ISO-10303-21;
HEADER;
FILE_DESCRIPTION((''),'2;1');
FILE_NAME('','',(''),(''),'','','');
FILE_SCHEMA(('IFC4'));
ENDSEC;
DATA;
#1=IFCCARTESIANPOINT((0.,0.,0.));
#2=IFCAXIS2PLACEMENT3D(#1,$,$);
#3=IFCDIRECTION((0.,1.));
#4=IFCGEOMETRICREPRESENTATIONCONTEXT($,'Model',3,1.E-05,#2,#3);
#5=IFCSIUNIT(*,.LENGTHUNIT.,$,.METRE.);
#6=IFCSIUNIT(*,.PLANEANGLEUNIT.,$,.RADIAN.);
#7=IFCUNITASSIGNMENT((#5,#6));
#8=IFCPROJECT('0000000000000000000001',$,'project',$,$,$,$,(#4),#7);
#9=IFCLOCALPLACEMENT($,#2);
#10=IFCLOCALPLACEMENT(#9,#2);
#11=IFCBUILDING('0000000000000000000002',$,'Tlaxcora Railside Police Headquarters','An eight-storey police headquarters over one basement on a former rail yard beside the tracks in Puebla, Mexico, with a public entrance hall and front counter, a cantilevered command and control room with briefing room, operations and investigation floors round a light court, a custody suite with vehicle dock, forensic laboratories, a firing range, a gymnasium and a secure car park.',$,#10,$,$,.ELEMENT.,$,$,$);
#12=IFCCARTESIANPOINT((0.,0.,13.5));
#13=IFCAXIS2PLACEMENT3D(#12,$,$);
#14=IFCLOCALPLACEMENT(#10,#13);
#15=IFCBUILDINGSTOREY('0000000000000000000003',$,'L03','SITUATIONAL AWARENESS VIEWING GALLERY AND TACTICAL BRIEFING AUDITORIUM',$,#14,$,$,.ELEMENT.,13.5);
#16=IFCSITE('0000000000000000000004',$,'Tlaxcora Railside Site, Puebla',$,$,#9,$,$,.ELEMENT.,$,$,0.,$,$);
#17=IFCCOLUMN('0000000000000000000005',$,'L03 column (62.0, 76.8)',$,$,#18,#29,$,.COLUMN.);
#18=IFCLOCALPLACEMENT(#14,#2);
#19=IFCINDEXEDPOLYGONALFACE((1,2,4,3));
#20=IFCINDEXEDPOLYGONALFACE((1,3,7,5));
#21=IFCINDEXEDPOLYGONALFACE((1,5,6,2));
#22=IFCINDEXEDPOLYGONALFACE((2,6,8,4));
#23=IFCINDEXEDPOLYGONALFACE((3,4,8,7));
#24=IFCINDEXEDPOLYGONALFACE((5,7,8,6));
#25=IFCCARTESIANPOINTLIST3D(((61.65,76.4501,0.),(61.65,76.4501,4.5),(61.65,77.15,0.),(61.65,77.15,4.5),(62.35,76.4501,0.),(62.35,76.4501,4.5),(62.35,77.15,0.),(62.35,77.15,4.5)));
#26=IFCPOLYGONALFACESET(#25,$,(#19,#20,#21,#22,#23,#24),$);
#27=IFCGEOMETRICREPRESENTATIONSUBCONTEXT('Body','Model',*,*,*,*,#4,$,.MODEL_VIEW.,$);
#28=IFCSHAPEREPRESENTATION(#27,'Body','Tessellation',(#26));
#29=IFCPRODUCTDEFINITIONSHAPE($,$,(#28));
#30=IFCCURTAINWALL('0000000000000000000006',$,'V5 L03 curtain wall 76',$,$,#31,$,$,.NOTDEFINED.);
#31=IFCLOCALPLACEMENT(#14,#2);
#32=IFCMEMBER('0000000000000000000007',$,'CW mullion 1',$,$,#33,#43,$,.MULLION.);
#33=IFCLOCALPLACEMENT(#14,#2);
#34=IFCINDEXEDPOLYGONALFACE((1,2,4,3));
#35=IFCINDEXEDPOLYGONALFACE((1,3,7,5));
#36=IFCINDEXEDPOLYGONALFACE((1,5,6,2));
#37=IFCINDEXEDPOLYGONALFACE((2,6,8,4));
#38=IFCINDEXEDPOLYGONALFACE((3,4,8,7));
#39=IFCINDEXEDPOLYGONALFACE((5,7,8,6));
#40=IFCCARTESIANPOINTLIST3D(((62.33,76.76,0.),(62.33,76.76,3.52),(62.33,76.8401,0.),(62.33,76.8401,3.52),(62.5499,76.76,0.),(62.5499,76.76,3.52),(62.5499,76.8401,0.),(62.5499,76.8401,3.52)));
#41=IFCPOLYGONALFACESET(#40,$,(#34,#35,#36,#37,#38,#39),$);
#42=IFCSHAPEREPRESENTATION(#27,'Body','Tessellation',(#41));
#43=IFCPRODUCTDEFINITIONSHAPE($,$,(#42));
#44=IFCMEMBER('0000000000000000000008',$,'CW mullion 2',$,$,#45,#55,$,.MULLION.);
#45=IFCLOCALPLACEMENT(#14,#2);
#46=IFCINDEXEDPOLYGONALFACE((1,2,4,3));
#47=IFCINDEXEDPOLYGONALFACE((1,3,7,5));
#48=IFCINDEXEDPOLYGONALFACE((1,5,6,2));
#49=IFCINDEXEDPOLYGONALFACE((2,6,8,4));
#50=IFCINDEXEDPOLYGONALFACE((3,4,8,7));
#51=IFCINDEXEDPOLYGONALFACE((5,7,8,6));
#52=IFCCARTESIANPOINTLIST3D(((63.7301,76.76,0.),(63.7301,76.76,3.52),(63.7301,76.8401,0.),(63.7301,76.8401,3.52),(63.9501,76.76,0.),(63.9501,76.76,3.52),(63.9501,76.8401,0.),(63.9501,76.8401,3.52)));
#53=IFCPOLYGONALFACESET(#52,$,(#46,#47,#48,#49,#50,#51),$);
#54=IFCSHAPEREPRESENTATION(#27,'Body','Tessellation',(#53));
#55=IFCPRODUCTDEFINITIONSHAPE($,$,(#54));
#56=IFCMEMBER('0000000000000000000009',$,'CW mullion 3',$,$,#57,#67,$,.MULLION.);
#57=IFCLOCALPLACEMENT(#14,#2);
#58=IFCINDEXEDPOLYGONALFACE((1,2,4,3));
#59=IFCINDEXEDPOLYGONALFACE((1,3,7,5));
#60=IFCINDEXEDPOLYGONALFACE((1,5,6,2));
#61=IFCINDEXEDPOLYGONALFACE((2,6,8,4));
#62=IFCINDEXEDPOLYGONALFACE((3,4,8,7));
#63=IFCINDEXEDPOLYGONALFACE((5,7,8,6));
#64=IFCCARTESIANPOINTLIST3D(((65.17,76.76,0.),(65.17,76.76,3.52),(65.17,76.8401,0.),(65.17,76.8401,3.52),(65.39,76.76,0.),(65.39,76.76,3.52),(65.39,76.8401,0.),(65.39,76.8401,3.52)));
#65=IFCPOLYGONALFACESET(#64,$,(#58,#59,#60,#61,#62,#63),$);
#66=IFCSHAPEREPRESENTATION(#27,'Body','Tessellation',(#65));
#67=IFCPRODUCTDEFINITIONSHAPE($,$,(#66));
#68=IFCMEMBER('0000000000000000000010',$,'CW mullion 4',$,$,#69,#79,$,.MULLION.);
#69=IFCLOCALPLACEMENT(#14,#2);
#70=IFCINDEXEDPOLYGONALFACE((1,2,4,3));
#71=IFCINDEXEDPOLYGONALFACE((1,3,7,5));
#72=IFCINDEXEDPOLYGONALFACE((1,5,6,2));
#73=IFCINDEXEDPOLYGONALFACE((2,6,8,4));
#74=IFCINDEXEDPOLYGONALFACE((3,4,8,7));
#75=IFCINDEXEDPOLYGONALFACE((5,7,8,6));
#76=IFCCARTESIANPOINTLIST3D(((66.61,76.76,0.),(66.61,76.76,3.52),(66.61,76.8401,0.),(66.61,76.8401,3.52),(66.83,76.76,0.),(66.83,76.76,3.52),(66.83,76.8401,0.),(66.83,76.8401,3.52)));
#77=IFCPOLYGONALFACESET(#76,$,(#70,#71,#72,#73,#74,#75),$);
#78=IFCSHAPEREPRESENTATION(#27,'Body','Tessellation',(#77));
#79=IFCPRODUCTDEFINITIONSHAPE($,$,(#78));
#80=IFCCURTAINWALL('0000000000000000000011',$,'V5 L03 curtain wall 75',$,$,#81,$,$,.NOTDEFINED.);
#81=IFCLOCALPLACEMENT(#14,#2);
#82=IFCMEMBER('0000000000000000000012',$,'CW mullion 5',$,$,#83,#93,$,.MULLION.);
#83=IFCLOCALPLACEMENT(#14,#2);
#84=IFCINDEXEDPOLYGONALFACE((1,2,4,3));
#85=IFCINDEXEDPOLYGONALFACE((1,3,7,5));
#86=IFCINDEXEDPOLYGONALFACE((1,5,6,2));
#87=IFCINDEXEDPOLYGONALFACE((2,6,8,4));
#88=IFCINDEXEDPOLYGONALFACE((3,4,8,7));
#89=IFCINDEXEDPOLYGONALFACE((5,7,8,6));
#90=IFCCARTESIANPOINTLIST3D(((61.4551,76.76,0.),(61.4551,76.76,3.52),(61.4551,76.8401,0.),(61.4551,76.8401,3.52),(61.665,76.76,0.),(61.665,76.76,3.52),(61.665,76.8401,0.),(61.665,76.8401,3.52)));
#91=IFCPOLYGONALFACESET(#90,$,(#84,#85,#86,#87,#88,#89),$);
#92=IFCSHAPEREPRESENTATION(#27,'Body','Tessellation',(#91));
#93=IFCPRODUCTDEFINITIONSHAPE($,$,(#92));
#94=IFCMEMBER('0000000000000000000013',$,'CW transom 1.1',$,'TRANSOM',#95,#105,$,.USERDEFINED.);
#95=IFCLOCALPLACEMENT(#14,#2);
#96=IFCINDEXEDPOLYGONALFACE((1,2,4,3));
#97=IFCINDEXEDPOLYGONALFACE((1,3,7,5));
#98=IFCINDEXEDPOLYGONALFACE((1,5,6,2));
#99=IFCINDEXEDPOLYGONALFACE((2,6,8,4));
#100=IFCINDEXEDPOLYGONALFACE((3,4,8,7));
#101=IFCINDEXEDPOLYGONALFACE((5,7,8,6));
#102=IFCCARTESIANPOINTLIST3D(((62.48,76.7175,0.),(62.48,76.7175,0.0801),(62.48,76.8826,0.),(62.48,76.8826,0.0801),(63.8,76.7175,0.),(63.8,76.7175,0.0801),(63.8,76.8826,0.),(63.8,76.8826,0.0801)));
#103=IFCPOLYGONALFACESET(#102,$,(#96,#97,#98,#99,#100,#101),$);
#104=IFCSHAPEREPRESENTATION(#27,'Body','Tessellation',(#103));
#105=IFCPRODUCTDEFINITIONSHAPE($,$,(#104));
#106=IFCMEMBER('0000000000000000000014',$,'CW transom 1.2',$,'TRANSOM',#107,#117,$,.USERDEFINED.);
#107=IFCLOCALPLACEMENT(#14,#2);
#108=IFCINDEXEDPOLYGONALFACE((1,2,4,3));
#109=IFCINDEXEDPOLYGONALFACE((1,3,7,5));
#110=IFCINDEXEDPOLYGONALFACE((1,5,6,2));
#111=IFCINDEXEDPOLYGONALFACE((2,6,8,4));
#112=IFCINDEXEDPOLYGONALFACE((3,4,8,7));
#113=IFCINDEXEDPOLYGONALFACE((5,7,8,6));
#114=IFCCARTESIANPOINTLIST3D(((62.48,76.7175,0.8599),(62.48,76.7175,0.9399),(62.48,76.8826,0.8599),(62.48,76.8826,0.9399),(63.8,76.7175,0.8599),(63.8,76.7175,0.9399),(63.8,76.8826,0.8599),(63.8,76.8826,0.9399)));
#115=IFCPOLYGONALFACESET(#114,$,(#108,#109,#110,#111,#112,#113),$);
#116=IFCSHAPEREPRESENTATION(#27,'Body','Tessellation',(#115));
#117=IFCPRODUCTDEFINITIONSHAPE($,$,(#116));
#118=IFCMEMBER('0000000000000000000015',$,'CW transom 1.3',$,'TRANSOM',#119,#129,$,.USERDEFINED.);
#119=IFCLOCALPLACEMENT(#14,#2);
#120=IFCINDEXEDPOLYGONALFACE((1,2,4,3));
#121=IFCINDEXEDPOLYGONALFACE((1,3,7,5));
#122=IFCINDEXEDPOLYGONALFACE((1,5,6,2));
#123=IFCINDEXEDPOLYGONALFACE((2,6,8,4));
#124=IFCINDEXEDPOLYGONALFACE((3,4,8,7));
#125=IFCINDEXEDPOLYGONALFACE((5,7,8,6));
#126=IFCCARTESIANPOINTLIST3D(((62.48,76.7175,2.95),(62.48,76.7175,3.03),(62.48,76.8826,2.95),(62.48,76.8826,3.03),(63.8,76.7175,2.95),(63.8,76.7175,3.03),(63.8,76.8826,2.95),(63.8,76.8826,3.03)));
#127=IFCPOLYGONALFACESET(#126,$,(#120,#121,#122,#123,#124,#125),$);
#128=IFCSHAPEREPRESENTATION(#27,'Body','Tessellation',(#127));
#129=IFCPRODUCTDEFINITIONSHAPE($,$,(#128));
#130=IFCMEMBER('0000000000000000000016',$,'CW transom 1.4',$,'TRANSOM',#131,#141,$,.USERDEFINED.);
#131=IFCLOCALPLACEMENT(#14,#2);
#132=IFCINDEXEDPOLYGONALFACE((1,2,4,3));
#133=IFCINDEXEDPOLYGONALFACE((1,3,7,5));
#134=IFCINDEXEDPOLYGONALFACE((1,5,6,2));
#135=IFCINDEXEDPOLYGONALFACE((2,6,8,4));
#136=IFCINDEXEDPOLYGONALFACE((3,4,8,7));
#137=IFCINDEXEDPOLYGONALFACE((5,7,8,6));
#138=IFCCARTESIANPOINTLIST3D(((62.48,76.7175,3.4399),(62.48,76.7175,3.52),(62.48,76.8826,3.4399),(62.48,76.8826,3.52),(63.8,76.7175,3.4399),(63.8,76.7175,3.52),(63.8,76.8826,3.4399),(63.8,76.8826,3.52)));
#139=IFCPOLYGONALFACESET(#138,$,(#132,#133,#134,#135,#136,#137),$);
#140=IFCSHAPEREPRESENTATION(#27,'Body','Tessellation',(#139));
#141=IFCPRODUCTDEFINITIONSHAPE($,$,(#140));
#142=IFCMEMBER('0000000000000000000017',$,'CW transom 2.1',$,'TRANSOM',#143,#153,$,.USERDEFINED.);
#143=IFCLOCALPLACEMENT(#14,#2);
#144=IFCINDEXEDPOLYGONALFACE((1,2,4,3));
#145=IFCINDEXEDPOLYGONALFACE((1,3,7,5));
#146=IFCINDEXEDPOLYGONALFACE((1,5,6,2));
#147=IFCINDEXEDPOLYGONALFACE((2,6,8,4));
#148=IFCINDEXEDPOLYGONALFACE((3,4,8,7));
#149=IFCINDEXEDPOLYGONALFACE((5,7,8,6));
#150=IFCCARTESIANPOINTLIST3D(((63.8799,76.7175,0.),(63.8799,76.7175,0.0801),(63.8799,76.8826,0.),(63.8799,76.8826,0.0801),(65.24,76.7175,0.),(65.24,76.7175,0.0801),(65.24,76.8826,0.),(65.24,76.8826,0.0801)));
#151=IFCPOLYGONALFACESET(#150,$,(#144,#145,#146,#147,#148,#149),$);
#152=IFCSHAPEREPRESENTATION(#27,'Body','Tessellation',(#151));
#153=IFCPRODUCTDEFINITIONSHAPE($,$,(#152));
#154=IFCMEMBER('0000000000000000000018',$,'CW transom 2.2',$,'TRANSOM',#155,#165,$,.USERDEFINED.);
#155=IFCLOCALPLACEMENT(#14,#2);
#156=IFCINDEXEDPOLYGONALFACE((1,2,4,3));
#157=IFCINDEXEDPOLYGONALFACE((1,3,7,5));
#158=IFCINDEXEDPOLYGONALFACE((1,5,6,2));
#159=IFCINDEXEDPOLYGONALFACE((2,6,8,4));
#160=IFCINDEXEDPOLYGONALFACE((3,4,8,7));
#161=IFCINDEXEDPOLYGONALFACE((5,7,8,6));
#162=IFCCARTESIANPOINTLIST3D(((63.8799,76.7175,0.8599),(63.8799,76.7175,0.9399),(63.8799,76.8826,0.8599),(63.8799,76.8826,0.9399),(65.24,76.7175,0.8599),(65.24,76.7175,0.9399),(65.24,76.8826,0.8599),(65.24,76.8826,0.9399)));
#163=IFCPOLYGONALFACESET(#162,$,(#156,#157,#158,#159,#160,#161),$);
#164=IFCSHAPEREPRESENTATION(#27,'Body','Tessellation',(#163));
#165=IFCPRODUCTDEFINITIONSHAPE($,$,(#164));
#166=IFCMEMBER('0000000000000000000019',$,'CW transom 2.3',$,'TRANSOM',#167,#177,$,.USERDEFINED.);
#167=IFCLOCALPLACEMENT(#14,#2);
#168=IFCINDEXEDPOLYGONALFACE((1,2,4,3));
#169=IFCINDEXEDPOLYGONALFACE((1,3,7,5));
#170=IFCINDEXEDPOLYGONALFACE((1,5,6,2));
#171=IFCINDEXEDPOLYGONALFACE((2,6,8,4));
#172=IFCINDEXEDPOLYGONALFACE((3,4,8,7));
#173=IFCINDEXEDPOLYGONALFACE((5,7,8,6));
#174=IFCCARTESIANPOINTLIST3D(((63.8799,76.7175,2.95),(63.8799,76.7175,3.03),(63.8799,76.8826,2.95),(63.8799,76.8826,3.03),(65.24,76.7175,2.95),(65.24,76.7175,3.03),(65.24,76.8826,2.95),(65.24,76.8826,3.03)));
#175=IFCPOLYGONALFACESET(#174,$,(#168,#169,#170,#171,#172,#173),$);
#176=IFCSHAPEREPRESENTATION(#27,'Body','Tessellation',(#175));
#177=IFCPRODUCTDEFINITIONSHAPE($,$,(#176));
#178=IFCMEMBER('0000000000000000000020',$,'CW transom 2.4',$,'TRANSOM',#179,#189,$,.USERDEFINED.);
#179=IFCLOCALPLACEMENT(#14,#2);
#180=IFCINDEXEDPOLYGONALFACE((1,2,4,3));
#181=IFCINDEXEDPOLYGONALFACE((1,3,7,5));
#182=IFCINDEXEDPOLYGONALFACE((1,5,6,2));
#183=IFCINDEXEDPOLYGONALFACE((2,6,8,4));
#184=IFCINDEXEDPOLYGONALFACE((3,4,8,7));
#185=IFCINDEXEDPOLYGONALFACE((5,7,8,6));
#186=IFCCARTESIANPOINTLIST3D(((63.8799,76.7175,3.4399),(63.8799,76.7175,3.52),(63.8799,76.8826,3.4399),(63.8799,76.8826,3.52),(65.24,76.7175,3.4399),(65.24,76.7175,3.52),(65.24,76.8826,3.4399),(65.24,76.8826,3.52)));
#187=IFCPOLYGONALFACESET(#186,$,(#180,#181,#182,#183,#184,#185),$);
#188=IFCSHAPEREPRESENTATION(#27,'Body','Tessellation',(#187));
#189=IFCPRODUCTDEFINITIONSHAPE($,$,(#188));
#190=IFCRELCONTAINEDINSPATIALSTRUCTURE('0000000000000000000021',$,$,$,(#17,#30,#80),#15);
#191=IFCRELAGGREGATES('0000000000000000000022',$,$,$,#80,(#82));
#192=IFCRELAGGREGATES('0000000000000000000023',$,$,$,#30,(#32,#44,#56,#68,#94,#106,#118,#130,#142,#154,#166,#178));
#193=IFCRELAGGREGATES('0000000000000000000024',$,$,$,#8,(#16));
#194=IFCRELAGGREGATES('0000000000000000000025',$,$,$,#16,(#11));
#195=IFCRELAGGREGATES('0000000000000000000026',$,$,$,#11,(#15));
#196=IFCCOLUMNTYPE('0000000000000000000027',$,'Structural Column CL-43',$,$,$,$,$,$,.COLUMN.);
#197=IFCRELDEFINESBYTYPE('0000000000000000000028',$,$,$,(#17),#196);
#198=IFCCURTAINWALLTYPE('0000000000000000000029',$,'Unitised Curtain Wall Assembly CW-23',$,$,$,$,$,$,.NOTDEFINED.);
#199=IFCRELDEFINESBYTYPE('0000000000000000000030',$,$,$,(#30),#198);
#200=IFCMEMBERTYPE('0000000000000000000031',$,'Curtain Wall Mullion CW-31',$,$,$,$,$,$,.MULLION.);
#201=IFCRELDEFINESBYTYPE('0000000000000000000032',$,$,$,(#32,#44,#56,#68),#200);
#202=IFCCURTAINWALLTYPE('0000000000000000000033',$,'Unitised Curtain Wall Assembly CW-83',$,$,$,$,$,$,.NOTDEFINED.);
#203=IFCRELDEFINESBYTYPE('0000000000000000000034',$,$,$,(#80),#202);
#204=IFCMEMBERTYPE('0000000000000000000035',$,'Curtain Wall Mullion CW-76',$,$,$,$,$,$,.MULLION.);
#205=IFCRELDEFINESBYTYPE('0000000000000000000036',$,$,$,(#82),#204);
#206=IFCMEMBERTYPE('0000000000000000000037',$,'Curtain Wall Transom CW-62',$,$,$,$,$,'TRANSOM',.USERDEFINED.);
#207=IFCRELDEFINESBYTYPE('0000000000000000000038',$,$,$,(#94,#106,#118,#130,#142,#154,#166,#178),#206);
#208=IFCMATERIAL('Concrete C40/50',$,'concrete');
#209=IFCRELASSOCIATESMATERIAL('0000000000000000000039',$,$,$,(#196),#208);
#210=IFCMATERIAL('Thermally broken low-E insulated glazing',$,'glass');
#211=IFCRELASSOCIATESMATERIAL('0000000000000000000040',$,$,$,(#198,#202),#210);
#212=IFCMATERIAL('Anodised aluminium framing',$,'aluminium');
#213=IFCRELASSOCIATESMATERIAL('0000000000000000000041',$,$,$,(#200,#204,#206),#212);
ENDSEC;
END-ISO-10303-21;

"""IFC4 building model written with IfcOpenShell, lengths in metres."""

from ifc_helpers import new_model, si_unit, direction, frame, origin, origin_2d, place, context, subcontext, project, spatial, rectangle, extrude, material, material_profile, profile_set, type_object, element, aggregate, save


model = new_model("IFC4")

# Units and contexts
model_context = context("Model", 3, precision=1e-05, world=origin(), true_north=direction((0.0, 1.0)))
body_context = subcontext(model_context, "Body", "Model", "MODEL_VIEW")
ifc_project = project(units=[si_unit("LENGTHUNIT", "METRE"), si_unit("PLANEANGLEUNIT", "RADIAN")], contexts=[model_context])

# Site, building, storey
site_placement = place(None, origin())
site = spatial("IfcSite", under=ifc_project, at=site_placement, Name="Tlaxcora Railside Site, Puebla", CompositionType="ELEMENT", RefElevation=0.0)
building_placement = place(site_placement, origin())
building = spatial("IfcBuilding", under=site, at=building_placement, Name="Tlaxcora Railside Police Headquarters", Description="An eight-storey police headquarters over one basement on a former rail yard beside the tracks in Puebla, Mexico, with a public entrance hall and front counter, a cantilevered command and control room with briefing room, operations and investigation floors round a light court, a custody suite with vehicle dock, forensic laboratories, a firing range, a gymnasium and a secure car park.", CompositionType="ELEMENT")
storey_placement = place(building_placement, frame((0.0, 0.0, 13.5)))
storey = spatial("IfcBuildingStorey", under=building, at=storey_placement, Name="L03", Description="SITUATIONAL AWARENESS VIEWING GALLERY AND TACTICAL BRIEFING AUDITORIUM", CompositionType="ELEMENT", Elevation=13.5)

# Column
ifc_material_1 = material(Name="Concrete C40/50", Category="concrete")
ifc_material_profile_1 = material_profile(ifc_material_1, rectangle(XDim=0.7, YDim=0.7, at=origin_2d()), Name="RC700X700")
ifc_profile_set_1 = profile_set([ifc_material_profile_1], Name="Concrete C40/50")
column_type = type_object("IfcColumnType", Name="Structural Column CL-43", PredefinedType="COLUMN", material=ifc_profile_set_1)
column_placement = place(storey_placement, frame((62.0, 76.8, 0.0), z_axis=(0.0, 0.0, 1.0), x_axis=(1.0, 0.0, 0.0)))
element("IfcColumn", 1, at=column_placement, inside=storey, type_object=column_type, Name="L03 column (62.0, 76.8)", PredefinedType="COLUMN", context=body_context, shape_type="SweptSolid", body=[
    extrude(rectangle(XDim=0.7, YDim=0.7, at=origin_2d()), origin(), (0.0, 0.0, 1.0), 4.5),
])

# Curtain wall, members
ifc_material_2 = material(Name="Thermally broken low-E insulated glazing", Category="glass")
curtain_wall_type_1 = type_object("IfcCurtainWallType", Name="Unitised Curtain Wall Assembly CW-23", PredefinedType="NOTDEFINED", material=ifc_material_2)
curtain_wall_1_placement = place(storey_placement, origin())
curtain_wall_1 = element("IfcCurtainWall", 2, at=curtain_wall_1_placement, inside=storey, type_object=curtain_wall_type_1, Name="V5 L03 curtain wall 76", PredefinedType="NOTDEFINED")
ifc_material_3 = material(Name="Anodised aluminium framing", Category="aluminium")
ifc_material_profile_2 = material_profile(ifc_material_3, rectangle(XDim=0.0801, YDim=0.22, at=origin_2d()), Name="AL80X220")
ifc_profile_set_2 = profile_set([ifc_material_profile_2], Name="Anodised aluminium framing")
member_type_1 = type_object("IfcMemberType", Name="Curtain Wall Mullion CW-31", PredefinedType="MULLION", material=ifc_profile_set_2)
member_1_placement = place(storey_placement, frame((62.4399, 76.8, 0.0), z_axis=(0.0, 0.0, 1.0), x_axis=(0.0, 1.0, 0.0)))
member_1 = element("IfcMember", 3, at=member_1_placement, type_object=member_type_1, Name="CW mullion 1", PredefinedType="MULLION", context=body_context, shape_type="SweptSolid", body=[
    extrude(rectangle(XDim=0.0801, YDim=0.22, at=origin_2d()), origin(), (0.0, 0.0, 1.0), 3.52),
])
member_2_placement = place(storey_placement, frame((63.8401, 76.8, 0.0), z_axis=(0.0, 0.0, 1.0), x_axis=(0.0, 1.0, 0.0)))
member_2 = element("IfcMember", 4, at=member_2_placement, type_object=member_type_1, Name="CW mullion 2", PredefinedType="MULLION", context=body_context, shape_type="SweptSolid", body=[
    extrude(rectangle(XDim=0.0801, YDim=0.22, at=origin_2d()), origin(), (0.0, 0.0, 1.0), 3.52),
])
member_3_placement = place(storey_placement, frame((65.28, 76.8, 0.0), z_axis=(0.0, 0.0, 1.0), x_axis=(0.0, 1.0, 0.0)))
member_3 = element("IfcMember", 5, at=member_3_placement, type_object=member_type_1, Name="CW mullion 3", PredefinedType="MULLION", context=body_context, shape_type="SweptSolid", body=[
    extrude(rectangle(XDim=0.0801, YDim=0.22, at=origin_2d()), origin(), (0.0, 0.0, 1.0), 3.52),
])
member_4_placement = place(storey_placement, frame((66.72, 76.8, 0.0), z_axis=(0.0, 0.0, 1.0), x_axis=(0.0, 1.0, 0.0)))
member_4 = element("IfcMember", 6, at=member_4_placement, type_object=member_type_1, Name="CW mullion 4", PredefinedType="MULLION", context=body_context, shape_type="SweptSolid", body=[
    extrude(rectangle(XDim=0.0801, YDim=0.22, at=origin_2d()), origin(), (0.0, 0.0, 1.0), 3.52),
])

# Curtain wall, member
curtain_wall_type_2 = type_object("IfcCurtainWallType", Name="Unitised Curtain Wall Assembly CW-83", PredefinedType="NOTDEFINED", material=ifc_material_2)
curtain_wall_2_placement = place(storey_placement, origin())
curtain_wall_2 = element("IfcCurtainWall", 7, at=curtain_wall_2_placement, inside=storey, type_object=curtain_wall_type_2, Name="V5 L03 curtain wall 75", PredefinedType="NOTDEFINED")
ifc_material_profile_3 = material_profile(ifc_material_3, rectangle(XDim=0.0801, YDim=0.21, at=origin_2d()), Name="AL80X210")
ifc_profile_set_3 = profile_set([ifc_material_profile_3], Name="Anodised aluminium framing")
member_type_2 = type_object("IfcMemberType", Name="Curtain Wall Mullion CW-76", PredefinedType="MULLION", material=ifc_profile_set_3)
member_5_placement = place(storey_placement, frame((61.5601, 76.8, 0.0), z_axis=(0.0, 0.0, 1.0), x_axis=(0.0, 1.0, 0.0)))
member_5 = element("IfcMember", 8, at=member_5_placement, type_object=member_type_2, Name="CW mullion 5", PredefinedType="MULLION", context=body_context, shape_type="SweptSolid", body=[
    extrude(rectangle(XDim=0.0801, YDim=0.21, at=origin_2d()), origin(), (0.0, 0.0, 1.0), 3.52),
])
aggregate(curtain_wall_2, [member_5])

# Members
ifc_material_profile_4 = material_profile(ifc_material_3, rectangle(XDim=0.165, YDim=0.0801, at=origin_2d()), Name="AL80X165")
ifc_profile_set_4 = profile_set([ifc_material_profile_4], Name="Anodised aluminium framing")
member_type_3 = type_object("IfcMemberType", Name="Curtain Wall Transom CW-62", ElementType="TRANSOM", PredefinedType="USERDEFINED", material=ifc_profile_set_4)
member_6_placement = place(storey_placement, frame((62.48, 76.8, 0.04), z_axis=(1.0, 0.0, 0.0), x_axis=(0.0, 1.0, 0.0)))
member_6 = element("IfcMember", 9, at=member_6_placement, type_object=member_type_3, Name="CW transom 1.1", ObjectType="TRANSOM", PredefinedType="USERDEFINED", context=body_context, shape_type="SweptSolid", body=[
    extrude(rectangle(XDim=0.165, YDim=0.0801, at=origin_2d()), origin(), (0.0, 0.0, 1.0), 1.3201),
])
member_7_placement = place(storey_placement, frame((62.48, 76.8, 0.8999), z_axis=(1.0, 0.0, 0.0), x_axis=(0.0, 1.0, 0.0)))
member_7 = element("IfcMember", 10, at=member_7_placement, type_object=member_type_3, Name="CW transom 1.2", ObjectType="TRANSOM", PredefinedType="USERDEFINED", context=body_context, shape_type="SweptSolid", body=[
    extrude(rectangle(XDim=0.165, YDim=0.0801, at=origin_2d()), origin(), (0.0, 0.0, 1.0), 1.3201),
])
member_8_placement = place(storey_placement, frame((62.48, 76.8, 2.99), z_axis=(1.0, 0.0, 0.0), x_axis=(0.0, 1.0, 0.0)))
member_8 = element("IfcMember", 11, at=member_8_placement, type_object=member_type_3, Name="CW transom 1.3", ObjectType="TRANSOM", PredefinedType="USERDEFINED", context=body_context, shape_type="SweptSolid", body=[
    extrude(rectangle(XDim=0.165, YDim=0.0801, at=origin_2d()), origin(), (0.0, 0.0, 1.0), 1.3201),
])
member_9_placement = place(storey_placement, frame((62.48, 76.8, 3.48), z_axis=(1.0, 0.0, 0.0), x_axis=(0.0, 1.0, 0.0)))
member_9 = element("IfcMember", 12, at=member_9_placement, type_object=member_type_3, Name="CW transom 1.4", ObjectType="TRANSOM", PredefinedType="USERDEFINED", context=body_context, shape_type="SweptSolid", body=[
    extrude(rectangle(XDim=0.165, YDim=0.0801, at=origin_2d()), origin(), (0.0, 0.0, 1.0), 1.3201),
])
member_10_placement = place(storey_placement, frame((63.8799, 76.8, 0.04), z_axis=(1.0, 0.0, 0.0), x_axis=(0.0, 1.0, 0.0)))
member_10 = element("IfcMember", 13, at=member_10_placement, type_object=member_type_3, Name="CW transom 2.1", ObjectType="TRANSOM", PredefinedType="USERDEFINED", context=body_context, shape_type="SweptSolid", body=[
    extrude(rectangle(XDim=0.165, YDim=0.0801, at=origin_2d()), origin(), (0.0, 0.0, 1.0), 1.3601),
])
member_11_placement = place(storey_placement, frame((63.8799, 76.8, 0.8999), z_axis=(1.0, 0.0, 0.0), x_axis=(0.0, 1.0, 0.0)))
member_11 = element("IfcMember", 14, at=member_11_placement, type_object=member_type_3, Name="CW transom 2.2", ObjectType="TRANSOM", PredefinedType="USERDEFINED", context=body_context, shape_type="SweptSolid", body=[
    extrude(rectangle(XDim=0.165, YDim=0.0801, at=origin_2d()), origin(), (0.0, 0.0, 1.0), 1.3601),
])
member_12_placement = place(storey_placement, frame((63.8799, 76.8, 2.99), z_axis=(1.0, 0.0, 0.0), x_axis=(0.0, 1.0, 0.0)))
member_12 = element("IfcMember", 15, at=member_12_placement, type_object=member_type_3, Name="CW transom 2.3", ObjectType="TRANSOM", PredefinedType="USERDEFINED", context=body_context, shape_type="SweptSolid", body=[
    extrude(rectangle(XDim=0.165, YDim=0.0801, at=origin_2d()), origin(), (0.0, 0.0, 1.0), 1.3601),
])
member_13_placement = place(storey_placement, frame((63.8799, 76.8, 3.48), z_axis=(1.0, 0.0, 0.0), x_axis=(0.0, 1.0, 0.0)))
member_13 = element("IfcMember", 16, at=member_13_placement, type_object=member_type_3, Name="CW transom 2.4", ObjectType="TRANSOM", PredefinedType="USERDEFINED", context=body_context, shape_type="SweptSolid", body=[
    extrude(rectangle(XDim=0.165, YDim=0.0801, at=origin_2d()), origin(), (0.0, 0.0, 1.0), 1.3601),
])

aggregate(curtain_wall_1, [member_1, member_2, member_3, member_4, member_6, member_7, member_8, member_9, member_10, member_11, member_12, member_13])

save(model, "model.ifc")
